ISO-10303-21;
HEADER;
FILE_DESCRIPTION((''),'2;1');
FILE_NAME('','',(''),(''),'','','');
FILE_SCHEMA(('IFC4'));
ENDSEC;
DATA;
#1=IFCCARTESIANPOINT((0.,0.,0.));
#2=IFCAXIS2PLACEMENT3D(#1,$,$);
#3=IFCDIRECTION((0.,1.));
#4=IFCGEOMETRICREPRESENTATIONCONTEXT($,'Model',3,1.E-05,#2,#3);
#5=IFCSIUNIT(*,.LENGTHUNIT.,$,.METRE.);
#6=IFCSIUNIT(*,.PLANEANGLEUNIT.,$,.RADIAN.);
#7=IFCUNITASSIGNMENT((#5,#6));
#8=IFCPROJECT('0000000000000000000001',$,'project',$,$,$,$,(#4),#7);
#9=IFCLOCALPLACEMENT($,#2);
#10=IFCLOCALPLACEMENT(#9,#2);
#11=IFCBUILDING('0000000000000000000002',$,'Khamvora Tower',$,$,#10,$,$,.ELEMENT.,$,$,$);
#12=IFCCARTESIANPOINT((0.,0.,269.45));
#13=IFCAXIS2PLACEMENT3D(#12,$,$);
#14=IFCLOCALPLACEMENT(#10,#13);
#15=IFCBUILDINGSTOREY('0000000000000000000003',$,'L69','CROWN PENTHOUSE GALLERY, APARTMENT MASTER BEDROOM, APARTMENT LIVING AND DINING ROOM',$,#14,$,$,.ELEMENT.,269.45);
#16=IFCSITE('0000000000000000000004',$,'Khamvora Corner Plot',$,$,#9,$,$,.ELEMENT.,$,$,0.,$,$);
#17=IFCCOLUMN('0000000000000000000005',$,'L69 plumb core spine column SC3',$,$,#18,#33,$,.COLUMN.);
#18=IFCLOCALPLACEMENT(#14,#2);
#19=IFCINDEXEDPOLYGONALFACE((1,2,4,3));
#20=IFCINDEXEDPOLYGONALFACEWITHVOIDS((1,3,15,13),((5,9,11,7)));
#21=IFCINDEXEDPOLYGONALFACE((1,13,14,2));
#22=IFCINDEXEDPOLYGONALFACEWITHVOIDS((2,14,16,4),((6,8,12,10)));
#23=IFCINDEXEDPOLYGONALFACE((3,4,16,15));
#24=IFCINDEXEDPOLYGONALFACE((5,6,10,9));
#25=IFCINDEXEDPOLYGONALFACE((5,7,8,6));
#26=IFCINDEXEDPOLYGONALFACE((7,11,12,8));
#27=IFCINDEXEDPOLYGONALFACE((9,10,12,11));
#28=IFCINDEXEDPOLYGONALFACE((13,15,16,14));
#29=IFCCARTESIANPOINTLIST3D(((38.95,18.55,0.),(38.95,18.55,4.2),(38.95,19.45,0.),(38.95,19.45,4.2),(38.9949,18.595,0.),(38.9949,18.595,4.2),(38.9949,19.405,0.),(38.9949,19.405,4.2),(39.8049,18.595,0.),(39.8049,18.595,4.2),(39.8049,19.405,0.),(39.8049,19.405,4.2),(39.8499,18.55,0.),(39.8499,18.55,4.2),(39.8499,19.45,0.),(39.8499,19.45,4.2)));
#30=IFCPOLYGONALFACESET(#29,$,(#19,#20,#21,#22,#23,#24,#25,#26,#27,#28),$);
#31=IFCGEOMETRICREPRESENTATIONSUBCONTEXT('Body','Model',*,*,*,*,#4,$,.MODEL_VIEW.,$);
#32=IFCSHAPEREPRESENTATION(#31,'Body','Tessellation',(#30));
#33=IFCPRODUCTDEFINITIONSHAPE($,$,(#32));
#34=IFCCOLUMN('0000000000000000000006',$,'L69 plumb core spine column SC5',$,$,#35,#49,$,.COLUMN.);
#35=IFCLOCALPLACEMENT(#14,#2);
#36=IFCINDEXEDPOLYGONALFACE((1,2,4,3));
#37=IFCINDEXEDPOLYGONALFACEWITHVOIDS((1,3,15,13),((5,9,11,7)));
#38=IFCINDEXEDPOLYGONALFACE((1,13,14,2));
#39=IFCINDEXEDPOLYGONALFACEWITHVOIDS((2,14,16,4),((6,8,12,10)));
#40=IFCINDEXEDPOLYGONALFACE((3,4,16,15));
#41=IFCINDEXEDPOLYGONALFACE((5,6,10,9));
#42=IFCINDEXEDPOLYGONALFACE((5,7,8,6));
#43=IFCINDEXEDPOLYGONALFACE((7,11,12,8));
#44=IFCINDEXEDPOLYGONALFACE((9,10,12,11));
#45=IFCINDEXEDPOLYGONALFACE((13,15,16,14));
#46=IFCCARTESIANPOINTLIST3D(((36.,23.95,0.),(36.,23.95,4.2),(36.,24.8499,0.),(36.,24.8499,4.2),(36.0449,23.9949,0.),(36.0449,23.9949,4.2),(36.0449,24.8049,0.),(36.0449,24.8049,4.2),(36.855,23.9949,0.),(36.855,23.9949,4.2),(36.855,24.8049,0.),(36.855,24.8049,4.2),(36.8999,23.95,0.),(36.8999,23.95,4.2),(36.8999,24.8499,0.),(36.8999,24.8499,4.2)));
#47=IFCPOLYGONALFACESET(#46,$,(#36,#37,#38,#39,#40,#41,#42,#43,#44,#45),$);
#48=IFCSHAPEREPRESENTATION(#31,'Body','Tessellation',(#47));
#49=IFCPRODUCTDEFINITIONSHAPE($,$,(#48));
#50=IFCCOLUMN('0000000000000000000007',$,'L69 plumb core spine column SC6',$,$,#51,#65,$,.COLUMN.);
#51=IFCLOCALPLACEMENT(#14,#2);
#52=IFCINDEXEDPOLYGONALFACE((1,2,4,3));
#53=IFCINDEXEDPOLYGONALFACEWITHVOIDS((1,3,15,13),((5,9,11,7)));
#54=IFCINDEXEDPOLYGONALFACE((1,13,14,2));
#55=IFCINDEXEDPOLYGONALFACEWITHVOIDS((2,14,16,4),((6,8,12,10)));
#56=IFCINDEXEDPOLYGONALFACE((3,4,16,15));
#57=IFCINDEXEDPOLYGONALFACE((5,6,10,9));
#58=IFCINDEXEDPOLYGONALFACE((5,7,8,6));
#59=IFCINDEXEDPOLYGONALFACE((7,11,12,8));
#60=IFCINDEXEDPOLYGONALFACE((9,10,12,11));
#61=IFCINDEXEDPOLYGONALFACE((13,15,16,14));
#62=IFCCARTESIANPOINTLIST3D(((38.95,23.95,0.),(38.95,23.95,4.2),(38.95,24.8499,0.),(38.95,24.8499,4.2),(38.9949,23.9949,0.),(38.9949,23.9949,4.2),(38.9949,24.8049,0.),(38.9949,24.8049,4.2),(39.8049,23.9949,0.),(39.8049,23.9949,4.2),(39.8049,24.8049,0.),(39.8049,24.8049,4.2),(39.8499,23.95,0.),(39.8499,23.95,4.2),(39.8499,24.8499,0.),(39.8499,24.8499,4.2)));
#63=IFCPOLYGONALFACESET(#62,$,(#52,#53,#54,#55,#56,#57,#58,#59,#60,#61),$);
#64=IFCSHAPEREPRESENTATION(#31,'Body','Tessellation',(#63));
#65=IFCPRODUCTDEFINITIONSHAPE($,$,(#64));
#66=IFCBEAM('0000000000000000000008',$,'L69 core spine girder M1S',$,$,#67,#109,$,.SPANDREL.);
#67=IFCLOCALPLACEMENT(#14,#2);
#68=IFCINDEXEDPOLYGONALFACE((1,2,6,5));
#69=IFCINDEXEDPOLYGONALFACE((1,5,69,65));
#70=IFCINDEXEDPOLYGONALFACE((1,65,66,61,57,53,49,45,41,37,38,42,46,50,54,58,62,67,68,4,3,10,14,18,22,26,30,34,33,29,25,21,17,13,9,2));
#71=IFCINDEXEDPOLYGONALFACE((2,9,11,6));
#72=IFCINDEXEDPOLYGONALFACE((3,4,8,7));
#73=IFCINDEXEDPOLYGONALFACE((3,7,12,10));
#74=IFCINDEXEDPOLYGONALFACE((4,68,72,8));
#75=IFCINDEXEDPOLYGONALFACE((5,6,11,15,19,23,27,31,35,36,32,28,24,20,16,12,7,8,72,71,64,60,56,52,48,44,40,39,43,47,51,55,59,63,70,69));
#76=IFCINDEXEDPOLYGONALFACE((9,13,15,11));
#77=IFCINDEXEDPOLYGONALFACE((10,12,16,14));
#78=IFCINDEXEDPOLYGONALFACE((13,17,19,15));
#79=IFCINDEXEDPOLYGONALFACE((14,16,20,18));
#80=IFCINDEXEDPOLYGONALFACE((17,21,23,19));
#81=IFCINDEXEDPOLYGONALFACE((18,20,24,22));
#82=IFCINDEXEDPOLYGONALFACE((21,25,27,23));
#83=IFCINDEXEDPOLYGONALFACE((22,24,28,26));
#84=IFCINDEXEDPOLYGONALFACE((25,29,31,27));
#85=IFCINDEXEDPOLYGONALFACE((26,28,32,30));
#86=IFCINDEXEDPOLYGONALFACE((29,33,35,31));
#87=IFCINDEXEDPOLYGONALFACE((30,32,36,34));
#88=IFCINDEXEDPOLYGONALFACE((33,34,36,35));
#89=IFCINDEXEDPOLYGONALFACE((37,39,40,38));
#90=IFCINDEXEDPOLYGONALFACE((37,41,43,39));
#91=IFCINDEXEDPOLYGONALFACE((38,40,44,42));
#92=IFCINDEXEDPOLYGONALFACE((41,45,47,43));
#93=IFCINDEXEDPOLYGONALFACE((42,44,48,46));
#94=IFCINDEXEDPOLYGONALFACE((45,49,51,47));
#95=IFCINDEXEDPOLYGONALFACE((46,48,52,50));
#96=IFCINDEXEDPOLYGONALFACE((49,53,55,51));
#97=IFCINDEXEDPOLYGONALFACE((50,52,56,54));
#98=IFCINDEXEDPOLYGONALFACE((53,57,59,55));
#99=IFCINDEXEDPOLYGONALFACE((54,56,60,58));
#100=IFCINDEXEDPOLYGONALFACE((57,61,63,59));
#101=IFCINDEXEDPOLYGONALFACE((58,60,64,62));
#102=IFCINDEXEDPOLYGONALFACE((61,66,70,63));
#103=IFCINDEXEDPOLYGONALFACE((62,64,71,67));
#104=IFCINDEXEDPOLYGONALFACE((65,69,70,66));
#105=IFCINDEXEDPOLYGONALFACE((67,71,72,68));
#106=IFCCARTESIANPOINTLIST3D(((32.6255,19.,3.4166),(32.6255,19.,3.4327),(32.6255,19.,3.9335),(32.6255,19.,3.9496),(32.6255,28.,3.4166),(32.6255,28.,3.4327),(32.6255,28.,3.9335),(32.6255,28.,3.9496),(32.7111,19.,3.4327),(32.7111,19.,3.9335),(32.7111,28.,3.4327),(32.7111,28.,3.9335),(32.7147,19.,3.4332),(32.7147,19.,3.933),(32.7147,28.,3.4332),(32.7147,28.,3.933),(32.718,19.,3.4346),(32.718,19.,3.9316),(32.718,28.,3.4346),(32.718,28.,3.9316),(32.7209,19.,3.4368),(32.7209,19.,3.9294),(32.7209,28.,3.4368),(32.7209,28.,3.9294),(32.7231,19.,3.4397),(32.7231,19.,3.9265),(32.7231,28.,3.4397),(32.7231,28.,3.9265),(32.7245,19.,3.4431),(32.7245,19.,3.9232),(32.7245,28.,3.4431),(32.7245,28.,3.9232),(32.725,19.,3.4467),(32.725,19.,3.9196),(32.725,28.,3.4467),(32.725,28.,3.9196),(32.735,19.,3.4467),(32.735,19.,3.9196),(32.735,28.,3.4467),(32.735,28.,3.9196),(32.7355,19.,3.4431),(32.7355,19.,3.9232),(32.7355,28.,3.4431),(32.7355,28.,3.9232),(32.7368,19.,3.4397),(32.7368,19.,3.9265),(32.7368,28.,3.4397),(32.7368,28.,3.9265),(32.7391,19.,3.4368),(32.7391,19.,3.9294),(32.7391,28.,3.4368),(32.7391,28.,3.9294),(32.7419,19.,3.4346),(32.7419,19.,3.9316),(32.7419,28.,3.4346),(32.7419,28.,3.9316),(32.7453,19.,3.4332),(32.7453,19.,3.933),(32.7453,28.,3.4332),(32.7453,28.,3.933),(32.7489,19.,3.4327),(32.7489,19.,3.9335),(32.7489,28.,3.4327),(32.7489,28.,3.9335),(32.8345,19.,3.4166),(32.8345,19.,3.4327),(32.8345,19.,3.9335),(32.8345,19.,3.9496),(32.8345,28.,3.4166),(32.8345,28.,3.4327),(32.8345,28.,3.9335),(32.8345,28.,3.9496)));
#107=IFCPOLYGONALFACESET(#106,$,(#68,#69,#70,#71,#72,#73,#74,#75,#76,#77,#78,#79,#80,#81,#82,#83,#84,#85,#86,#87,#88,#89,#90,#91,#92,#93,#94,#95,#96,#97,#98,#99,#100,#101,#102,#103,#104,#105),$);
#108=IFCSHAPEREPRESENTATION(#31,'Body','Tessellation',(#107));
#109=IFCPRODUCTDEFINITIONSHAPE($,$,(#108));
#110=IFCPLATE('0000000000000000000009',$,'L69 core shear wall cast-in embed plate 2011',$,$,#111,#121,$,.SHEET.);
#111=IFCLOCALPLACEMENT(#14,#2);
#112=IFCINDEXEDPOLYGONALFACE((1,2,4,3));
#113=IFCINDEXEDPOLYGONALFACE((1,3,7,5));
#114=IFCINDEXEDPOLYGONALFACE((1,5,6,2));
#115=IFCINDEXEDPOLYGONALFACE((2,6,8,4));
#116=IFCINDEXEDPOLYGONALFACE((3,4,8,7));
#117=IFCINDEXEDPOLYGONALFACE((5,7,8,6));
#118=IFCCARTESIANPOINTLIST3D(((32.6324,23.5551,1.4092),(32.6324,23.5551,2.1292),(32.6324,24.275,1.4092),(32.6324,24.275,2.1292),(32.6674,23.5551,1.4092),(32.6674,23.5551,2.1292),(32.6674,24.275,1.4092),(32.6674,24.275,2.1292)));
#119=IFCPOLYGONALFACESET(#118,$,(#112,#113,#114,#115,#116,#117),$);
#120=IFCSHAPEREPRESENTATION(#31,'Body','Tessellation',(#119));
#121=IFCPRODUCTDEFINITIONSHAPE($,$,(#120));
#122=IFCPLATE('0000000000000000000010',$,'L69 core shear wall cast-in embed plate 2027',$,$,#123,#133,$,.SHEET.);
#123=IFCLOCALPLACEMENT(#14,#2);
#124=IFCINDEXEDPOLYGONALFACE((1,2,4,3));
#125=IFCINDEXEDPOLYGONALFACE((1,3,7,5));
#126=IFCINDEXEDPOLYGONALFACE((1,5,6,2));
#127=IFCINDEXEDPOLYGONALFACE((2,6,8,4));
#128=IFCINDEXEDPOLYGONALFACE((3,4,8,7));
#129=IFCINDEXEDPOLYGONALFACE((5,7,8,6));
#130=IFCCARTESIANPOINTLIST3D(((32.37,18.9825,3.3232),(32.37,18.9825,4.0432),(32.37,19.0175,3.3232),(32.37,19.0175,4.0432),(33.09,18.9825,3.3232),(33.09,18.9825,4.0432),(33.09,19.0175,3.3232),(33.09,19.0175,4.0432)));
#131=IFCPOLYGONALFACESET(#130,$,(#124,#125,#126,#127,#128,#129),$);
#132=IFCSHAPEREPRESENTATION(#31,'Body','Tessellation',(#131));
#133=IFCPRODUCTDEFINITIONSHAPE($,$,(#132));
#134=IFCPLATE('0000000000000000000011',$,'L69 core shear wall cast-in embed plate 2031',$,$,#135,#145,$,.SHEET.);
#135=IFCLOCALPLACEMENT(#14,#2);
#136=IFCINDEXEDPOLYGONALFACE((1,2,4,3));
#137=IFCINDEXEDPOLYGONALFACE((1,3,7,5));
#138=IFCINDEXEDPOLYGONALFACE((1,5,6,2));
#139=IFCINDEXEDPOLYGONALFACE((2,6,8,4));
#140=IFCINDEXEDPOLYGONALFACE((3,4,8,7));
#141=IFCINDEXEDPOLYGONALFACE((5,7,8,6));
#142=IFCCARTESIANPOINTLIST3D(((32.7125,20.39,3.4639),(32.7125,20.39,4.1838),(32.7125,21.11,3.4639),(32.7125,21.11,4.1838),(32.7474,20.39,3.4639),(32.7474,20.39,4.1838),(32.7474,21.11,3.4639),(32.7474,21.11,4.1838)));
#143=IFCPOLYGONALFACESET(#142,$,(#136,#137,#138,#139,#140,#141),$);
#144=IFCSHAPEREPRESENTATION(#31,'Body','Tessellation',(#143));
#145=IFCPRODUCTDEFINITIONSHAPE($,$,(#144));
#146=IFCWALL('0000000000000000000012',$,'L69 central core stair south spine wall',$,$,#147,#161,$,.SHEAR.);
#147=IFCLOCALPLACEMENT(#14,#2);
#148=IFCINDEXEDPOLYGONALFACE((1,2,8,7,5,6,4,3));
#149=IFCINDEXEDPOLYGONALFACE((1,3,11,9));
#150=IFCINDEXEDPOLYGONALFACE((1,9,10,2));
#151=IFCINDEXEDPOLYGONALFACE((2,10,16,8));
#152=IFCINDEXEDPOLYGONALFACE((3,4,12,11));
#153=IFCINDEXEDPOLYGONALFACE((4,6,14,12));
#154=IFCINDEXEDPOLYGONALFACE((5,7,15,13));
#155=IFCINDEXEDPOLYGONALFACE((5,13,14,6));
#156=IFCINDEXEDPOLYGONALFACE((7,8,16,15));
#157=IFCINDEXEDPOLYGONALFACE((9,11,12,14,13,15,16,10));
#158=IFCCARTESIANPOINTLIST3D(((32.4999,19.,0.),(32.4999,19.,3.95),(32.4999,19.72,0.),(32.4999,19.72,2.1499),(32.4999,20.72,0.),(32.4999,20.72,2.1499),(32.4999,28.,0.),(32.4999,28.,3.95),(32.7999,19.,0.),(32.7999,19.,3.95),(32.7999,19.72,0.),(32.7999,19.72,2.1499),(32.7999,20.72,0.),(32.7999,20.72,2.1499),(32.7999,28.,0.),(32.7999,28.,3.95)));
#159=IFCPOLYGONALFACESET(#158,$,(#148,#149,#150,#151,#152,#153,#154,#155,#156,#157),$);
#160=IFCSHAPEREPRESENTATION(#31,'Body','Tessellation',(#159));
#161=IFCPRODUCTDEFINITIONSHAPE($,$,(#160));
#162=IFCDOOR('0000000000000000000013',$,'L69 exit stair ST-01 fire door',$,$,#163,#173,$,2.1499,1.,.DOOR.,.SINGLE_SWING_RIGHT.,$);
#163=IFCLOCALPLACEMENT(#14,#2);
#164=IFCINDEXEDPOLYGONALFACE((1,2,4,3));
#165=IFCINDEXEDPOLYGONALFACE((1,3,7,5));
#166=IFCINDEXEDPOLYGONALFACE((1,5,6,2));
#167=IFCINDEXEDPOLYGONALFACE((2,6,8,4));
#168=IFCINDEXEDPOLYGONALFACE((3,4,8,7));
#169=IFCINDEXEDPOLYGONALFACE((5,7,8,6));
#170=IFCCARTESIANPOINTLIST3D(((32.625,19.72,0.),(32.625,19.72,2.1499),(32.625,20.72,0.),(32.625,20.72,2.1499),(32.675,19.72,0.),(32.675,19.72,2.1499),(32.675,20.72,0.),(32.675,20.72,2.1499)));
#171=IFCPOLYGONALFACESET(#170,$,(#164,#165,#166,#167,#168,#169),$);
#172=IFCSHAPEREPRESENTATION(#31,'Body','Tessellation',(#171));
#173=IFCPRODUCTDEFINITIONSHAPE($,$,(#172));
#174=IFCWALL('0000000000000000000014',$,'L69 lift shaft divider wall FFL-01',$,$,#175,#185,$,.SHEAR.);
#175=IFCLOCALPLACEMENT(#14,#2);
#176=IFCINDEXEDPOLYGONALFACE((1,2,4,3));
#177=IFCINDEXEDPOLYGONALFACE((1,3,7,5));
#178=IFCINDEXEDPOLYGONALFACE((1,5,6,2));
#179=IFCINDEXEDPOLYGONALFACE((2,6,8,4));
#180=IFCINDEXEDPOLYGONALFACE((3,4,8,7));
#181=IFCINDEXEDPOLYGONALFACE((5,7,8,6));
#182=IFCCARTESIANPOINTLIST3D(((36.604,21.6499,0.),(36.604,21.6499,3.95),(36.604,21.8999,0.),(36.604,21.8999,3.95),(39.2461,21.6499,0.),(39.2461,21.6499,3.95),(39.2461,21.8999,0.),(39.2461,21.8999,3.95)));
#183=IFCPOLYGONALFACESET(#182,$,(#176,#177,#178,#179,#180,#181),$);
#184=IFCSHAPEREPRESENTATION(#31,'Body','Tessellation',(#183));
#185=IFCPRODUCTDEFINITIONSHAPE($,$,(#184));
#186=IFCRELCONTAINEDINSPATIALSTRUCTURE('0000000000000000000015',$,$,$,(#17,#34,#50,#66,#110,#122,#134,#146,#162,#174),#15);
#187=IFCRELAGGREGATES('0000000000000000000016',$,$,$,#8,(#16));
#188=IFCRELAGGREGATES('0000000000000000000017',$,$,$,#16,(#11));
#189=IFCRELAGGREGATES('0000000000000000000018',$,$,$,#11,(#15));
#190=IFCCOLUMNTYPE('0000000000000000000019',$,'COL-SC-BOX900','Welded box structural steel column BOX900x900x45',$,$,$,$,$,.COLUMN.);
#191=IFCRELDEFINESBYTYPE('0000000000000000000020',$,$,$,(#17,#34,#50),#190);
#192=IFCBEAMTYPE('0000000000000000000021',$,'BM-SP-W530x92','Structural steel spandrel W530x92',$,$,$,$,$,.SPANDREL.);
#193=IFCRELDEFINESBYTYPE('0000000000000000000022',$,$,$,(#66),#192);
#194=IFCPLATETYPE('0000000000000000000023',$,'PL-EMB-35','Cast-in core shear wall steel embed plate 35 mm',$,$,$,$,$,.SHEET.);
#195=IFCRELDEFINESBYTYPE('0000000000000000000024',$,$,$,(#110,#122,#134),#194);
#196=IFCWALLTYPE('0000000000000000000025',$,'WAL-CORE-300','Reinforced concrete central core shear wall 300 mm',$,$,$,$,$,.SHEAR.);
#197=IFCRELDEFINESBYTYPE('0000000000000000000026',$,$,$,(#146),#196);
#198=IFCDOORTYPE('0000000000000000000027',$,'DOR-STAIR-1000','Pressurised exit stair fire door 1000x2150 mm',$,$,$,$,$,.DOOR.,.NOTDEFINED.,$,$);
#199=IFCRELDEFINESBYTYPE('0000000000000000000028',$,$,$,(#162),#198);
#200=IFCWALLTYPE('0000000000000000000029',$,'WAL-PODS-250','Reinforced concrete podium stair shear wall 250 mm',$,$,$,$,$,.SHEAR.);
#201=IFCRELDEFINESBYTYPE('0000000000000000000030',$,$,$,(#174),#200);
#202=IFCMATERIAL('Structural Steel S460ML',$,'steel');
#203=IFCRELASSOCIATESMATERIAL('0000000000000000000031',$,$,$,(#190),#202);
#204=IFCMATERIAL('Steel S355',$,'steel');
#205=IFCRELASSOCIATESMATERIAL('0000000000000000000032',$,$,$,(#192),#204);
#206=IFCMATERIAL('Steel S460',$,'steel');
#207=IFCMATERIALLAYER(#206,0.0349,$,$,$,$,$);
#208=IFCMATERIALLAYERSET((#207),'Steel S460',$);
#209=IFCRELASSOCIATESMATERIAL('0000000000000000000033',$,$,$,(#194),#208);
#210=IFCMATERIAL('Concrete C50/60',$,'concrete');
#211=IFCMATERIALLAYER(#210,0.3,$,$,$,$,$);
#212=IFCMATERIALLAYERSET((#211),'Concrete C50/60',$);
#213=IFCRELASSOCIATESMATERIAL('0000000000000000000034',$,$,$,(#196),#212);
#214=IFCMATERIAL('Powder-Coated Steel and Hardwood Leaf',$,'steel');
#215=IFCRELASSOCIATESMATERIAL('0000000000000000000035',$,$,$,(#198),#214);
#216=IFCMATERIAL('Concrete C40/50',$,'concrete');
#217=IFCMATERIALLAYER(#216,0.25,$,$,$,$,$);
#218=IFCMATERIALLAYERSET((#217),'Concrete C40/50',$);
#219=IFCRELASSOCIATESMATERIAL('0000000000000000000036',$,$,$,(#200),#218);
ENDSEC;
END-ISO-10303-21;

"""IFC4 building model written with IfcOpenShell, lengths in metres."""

from ifc_helpers import new_model, si_unit, direction, frame, frame_2d, origin, origin_2d, place, context, subcontext, project, spatial, rectangle, hollow_rectangle, i_section, extrude, material, layer, layer_set, material_profile, profile_set, type_object, element, fill, save


model = new_model("IFC4")

# Units and contexts
model_context = context("Model", 3, precision=1e-05, world=origin(), true_north=direction((0.0, 1.0)))
body_context = subcontext(model_context, "Body", "Model", "MODEL_VIEW")
ifc_project = project(units=[si_unit("LENGTHUNIT", "METRE"), si_unit("PLANEANGLEUNIT", "RADIAN")], contexts=[model_context])

# Site, building, storey
site_placement = place(None, origin())
site = spatial("IfcSite", under=ifc_project, at=site_placement, Name="Khamvora Corner Plot", CompositionType="ELEMENT", RefElevation=0.0)
building_placement = place(site_placement, origin())
building = spatial("IfcBuilding", under=site, at=building_placement, Name="Khamvora Tower", CompositionType="ELEMENT")
storey_placement = place(building_placement, frame((0.0, 0.0, 269.45)))
storey = spatial("IfcBuildingStorey", under=building, at=storey_placement, Name="L69", Description="CROWN PENTHOUSE GALLERY, APARTMENT MASTER BEDROOM, APARTMENT LIVING AND DINING ROOM", CompositionType="ELEMENT", Elevation=269.45)

# Columns
ifc_material_1 = material(Name="Structural Steel S460ML", Category="steel")
ifc_material_profile_1 = material_profile(ifc_material_1, hollow_rectangle(XDim=0.8999, YDim=0.8999, WallThickness=0.0449, at=origin_2d()), Name="BOX900x900x45")
ifc_profile_set_1 = profile_set([ifc_material_profile_1], Name="Structural Steel S460ML")
column_type = type_object("IfcColumnType", Name="COL-SC-BOX900", Description="Welded box structural steel column BOX900x900x45", PredefinedType="COLUMN", material=ifc_profile_set_1)
for number, where, z_axis, x_axis, name in (
    (1, (39.3999, 19.0, 0.0), (0.0, 0.0, 1.0), (1.0, 0.0, 0.0), "L69 plumb core spine column SC3"),
    (2, (36.45, 24.3999, 0.0), (0.0, 0.0, 1.0), (1.0, 0.0, 0.0), "L69 plumb core spine column SC5"),
    (3, (39.3999, 24.3999, 0.0), (0.0, 0.0, 1.0), (1.0, 0.0, 0.0), "L69 plumb core spine column SC6"),
):
    element("IfcColumn", number, at=place(storey_placement, frame(where, z_axis=z_axis, x_axis=x_axis)), inside=storey, type_object=column_type, Name=name, PredefinedType="COLUMN", context=body_context, shape_type="SweptSolid", body=[
        extrude(hollow_rectangle(XDim=0.8999, YDim=0.8999, WallThickness=0.0449, at=origin_2d()), origin(), (0.0, 0.0, 1.0), 4.2),
    ])

# Beam
ifc_material_2 = material(Name="Steel S355", Category="steel")
ifc_material_profile_2 = material_profile(ifc_material_2, i_section(OverallWidth=0.209, OverallDepth=0.533, WebThickness=0.01, FlangeThickness=0.0161, FilletRadius=0.0139, at=origin_2d()), Name="W530x92")
ifc_profile_set_2 = profile_set([ifc_material_profile_2], Name="Steel S355")
beam_type = type_object("IfcBeamType", Name="BM-SP-W530x92", Description="Structural steel spandrel W530x92", PredefinedType="SPANDREL", material=ifc_profile_set_2)
beam_placement = place(storey_placement, frame((32.73, 19.0, 3.6831), z_axis=(0.0, 1.0, 0.0), x_axis=(-1.0, 0.0, 0.0)))
element("IfcBeam", 4, at=beam_placement, inside=storey, type_object=beam_type, Name="L69 core spine girder M1S", PredefinedType="SPANDREL", context=body_context, shape_type="SweptSolid", body=[
    extrude(i_section(OverallWidth=0.209, OverallDepth=0.533, WebThickness=0.01, FlangeThickness=0.0161, FilletRadius=0.0139, at=origin_2d()), origin(), (0.0, 0.0, 1.0), 9.0),
])

# Plates
ifc_material_3 = material(Name="Steel S460", Category="steel")
ifc_layer_1 = layer(ifc_material_3, 0.0349)
ifc_layer_set_1 = layer_set([ifc_layer_1], Name="Steel S460")
plate_type = type_object("IfcPlateType", Name="PL-EMB-35", Description="Cast-in core shear wall steel embed plate 35 mm", PredefinedType="SHEET", material=ifc_layer_set_1)
plate_1_placement = place(storey_placement, frame((32.6499, 23.915, 1.4092), z_axis=(0.0, 0.0, 1.0), x_axis=(1.0, 0.0, 0.0)))
element("IfcPlate", 5, at=plate_1_placement, inside=storey, type_object=plate_type, Name="L69 core shear wall cast-in embed plate 2011", PredefinedType="SHEET", context=body_context, shape_type="SweptSolid", body=[
    extrude(rectangle(XDim=0.0349, YDim=0.72, at=origin_2d()), origin(), (0.0, 0.0, 1.0), 0.72),
])
plate_2_placement = place(storey_placement, frame((32.73, 19.0, 3.3232), z_axis=(0.0, 0.0, 1.0), x_axis=(1.0, 0.0, 0.0)))
element("IfcPlate", 6, at=plate_2_placement, inside=storey, type_object=plate_type, Name="L69 core shear wall cast-in embed plate 2027", PredefinedType="SHEET", context=body_context, shape_type="SweptSolid", body=[
    extrude(rectangle(XDim=0.72, YDim=0.0349, at=origin_2d()), origin(), (0.0, 0.0, 1.0), 0.72),
])
plate_3_placement = place(storey_placement, frame((32.73, 20.75, 3.4639), z_axis=(0.0, 0.0, 1.0), x_axis=(1.0, 0.0, 0.0)))
element("IfcPlate", 7, at=plate_3_placement, inside=storey, type_object=plate_type, Name="L69 core shear wall cast-in embed plate 2031", PredefinedType="SHEET", context=body_context, shape_type="SweptSolid", body=[
    extrude(rectangle(XDim=0.0349, YDim=0.72, at=origin_2d()), origin(), (0.0, 0.0, 1.0), 0.72),
])

# Wall, opening, door
ifc_material_4 = material(Name="Concrete C50/60", Category="concrete")
ifc_layer_2 = layer(ifc_material_4, 0.3)
ifc_layer_set_2 = layer_set([ifc_layer_2], Name="Concrete C50/60")
wall_type_1 = type_object("IfcWallType", Name="WAL-CORE-300", Description="Reinforced concrete central core shear wall 300 mm", PredefinedType="SHEAR", material=ifc_layer_set_2)
wall_1_placement = place(storey_placement, frame((32.6499, 19.0, 0.0), z_axis=(0.0, 0.0, 1.0), x_axis=(0.0, 1.0, 0.0)))
wall_1 = element("IfcWall", 8, at=wall_1_placement, inside=storey, type_object=wall_type_1, Name="L69 central core stair south spine wall", PredefinedType="SHEAR", context=body_context, shape_type="SweptSolid", body=[
    extrude(rectangle(XDim=9.0, YDim=0.3, at=frame_2d((4.5, 0.0))), origin(), (0.0, 0.0, 1.0), 3.95),
])
opening_1_placement = place(wall_1_placement, frame((0.72, 0.0, 0.0)))
opening_1 = element("IfcOpeningElement", 9, at=opening_1_placement, cuts=wall_1, PredefinedType="OPENING", context=body_context, shape_type="SweptSolid", body=[
    extrude(rectangle(XDim=1.0, YDim=2.1499, at=frame_2d((0.5, 1.075))), frame((0.0, 0.1599, 0.0), z_axis=(0.0, -1.0, 0.0), x_axis=(1.0, 0.0, 0.0)), (0.0, 0.0, 1.0), 0.3201),
])
ifc_material_5 = material(Name="Powder-Coated Steel and Hardwood Leaf", Category="steel")
door_type_1 = type_object("IfcDoorType", Name="DOR-STAIR-1000", Description="Pressurised exit stair fire door 1000x2150 mm", OperationType="NOTDEFINED", PredefinedType="DOOR", material=ifc_material_5)
door_1_placement = place(opening_1_placement, origin())
door_1 = element("IfcDoor", 10, at=door_1_placement, inside=storey, type_object=door_type_1, Name="L69 exit stair ST-01 fire door", OperationType="SINGLE_SWING_RIGHT", OverallHeight=2.1499, OverallWidth=1.0, PredefinedType="DOOR", context=body_context, shape_type="SweptSolid", body=[
    extrude(rectangle(XDim=1.0, YDim=2.1499, at=frame_2d((0.5, 1.075))), frame((0.0, 0.0249, 0.0), z_axis=(0.0, -1.0, 0.0), x_axis=(1.0, 0.0, 0.0)), (0.0, 0.0, 1.0), 0.05),
])
fill(opening_1, door_1)

# Wall
ifc_material_6 = material(Name="Concrete C40/50", Category="concrete")
ifc_layer_3 = layer(ifc_material_6, 0.25)
ifc_layer_set_3 = layer_set([ifc_layer_3], Name="Concrete C40/50")
wall_type_2 = type_object("IfcWallType", Name="WAL-PODS-250", Description="Reinforced concrete podium stair shear wall 250 mm", PredefinedType="SHEAR", material=ifc_layer_set_3)
for number, where, z_axis, x_axis, name in (
    (11, (36.604, 21.7749, 0.0), (0.0, 0.0, 1.0), (1.0, 0.0, 0.0), "L69 lift shaft divider wall FFL-01"),
):
    element("IfcWall", number, at=place(storey_placement, frame(where, z_axis=z_axis, x_axis=x_axis)), inside=storey, type_object=wall_type_2, Name=name, PredefinedType="SHEAR", context=body_context, shape_type="SweptSolid", body=[
        extrude(rectangle(XDim=2.6421, YDim=0.25, at=frame_2d((1.321, 0.0))), origin(), (0.0, 0.0, 1.0), 3.95),
    ])

save(model, "model.ifc")
